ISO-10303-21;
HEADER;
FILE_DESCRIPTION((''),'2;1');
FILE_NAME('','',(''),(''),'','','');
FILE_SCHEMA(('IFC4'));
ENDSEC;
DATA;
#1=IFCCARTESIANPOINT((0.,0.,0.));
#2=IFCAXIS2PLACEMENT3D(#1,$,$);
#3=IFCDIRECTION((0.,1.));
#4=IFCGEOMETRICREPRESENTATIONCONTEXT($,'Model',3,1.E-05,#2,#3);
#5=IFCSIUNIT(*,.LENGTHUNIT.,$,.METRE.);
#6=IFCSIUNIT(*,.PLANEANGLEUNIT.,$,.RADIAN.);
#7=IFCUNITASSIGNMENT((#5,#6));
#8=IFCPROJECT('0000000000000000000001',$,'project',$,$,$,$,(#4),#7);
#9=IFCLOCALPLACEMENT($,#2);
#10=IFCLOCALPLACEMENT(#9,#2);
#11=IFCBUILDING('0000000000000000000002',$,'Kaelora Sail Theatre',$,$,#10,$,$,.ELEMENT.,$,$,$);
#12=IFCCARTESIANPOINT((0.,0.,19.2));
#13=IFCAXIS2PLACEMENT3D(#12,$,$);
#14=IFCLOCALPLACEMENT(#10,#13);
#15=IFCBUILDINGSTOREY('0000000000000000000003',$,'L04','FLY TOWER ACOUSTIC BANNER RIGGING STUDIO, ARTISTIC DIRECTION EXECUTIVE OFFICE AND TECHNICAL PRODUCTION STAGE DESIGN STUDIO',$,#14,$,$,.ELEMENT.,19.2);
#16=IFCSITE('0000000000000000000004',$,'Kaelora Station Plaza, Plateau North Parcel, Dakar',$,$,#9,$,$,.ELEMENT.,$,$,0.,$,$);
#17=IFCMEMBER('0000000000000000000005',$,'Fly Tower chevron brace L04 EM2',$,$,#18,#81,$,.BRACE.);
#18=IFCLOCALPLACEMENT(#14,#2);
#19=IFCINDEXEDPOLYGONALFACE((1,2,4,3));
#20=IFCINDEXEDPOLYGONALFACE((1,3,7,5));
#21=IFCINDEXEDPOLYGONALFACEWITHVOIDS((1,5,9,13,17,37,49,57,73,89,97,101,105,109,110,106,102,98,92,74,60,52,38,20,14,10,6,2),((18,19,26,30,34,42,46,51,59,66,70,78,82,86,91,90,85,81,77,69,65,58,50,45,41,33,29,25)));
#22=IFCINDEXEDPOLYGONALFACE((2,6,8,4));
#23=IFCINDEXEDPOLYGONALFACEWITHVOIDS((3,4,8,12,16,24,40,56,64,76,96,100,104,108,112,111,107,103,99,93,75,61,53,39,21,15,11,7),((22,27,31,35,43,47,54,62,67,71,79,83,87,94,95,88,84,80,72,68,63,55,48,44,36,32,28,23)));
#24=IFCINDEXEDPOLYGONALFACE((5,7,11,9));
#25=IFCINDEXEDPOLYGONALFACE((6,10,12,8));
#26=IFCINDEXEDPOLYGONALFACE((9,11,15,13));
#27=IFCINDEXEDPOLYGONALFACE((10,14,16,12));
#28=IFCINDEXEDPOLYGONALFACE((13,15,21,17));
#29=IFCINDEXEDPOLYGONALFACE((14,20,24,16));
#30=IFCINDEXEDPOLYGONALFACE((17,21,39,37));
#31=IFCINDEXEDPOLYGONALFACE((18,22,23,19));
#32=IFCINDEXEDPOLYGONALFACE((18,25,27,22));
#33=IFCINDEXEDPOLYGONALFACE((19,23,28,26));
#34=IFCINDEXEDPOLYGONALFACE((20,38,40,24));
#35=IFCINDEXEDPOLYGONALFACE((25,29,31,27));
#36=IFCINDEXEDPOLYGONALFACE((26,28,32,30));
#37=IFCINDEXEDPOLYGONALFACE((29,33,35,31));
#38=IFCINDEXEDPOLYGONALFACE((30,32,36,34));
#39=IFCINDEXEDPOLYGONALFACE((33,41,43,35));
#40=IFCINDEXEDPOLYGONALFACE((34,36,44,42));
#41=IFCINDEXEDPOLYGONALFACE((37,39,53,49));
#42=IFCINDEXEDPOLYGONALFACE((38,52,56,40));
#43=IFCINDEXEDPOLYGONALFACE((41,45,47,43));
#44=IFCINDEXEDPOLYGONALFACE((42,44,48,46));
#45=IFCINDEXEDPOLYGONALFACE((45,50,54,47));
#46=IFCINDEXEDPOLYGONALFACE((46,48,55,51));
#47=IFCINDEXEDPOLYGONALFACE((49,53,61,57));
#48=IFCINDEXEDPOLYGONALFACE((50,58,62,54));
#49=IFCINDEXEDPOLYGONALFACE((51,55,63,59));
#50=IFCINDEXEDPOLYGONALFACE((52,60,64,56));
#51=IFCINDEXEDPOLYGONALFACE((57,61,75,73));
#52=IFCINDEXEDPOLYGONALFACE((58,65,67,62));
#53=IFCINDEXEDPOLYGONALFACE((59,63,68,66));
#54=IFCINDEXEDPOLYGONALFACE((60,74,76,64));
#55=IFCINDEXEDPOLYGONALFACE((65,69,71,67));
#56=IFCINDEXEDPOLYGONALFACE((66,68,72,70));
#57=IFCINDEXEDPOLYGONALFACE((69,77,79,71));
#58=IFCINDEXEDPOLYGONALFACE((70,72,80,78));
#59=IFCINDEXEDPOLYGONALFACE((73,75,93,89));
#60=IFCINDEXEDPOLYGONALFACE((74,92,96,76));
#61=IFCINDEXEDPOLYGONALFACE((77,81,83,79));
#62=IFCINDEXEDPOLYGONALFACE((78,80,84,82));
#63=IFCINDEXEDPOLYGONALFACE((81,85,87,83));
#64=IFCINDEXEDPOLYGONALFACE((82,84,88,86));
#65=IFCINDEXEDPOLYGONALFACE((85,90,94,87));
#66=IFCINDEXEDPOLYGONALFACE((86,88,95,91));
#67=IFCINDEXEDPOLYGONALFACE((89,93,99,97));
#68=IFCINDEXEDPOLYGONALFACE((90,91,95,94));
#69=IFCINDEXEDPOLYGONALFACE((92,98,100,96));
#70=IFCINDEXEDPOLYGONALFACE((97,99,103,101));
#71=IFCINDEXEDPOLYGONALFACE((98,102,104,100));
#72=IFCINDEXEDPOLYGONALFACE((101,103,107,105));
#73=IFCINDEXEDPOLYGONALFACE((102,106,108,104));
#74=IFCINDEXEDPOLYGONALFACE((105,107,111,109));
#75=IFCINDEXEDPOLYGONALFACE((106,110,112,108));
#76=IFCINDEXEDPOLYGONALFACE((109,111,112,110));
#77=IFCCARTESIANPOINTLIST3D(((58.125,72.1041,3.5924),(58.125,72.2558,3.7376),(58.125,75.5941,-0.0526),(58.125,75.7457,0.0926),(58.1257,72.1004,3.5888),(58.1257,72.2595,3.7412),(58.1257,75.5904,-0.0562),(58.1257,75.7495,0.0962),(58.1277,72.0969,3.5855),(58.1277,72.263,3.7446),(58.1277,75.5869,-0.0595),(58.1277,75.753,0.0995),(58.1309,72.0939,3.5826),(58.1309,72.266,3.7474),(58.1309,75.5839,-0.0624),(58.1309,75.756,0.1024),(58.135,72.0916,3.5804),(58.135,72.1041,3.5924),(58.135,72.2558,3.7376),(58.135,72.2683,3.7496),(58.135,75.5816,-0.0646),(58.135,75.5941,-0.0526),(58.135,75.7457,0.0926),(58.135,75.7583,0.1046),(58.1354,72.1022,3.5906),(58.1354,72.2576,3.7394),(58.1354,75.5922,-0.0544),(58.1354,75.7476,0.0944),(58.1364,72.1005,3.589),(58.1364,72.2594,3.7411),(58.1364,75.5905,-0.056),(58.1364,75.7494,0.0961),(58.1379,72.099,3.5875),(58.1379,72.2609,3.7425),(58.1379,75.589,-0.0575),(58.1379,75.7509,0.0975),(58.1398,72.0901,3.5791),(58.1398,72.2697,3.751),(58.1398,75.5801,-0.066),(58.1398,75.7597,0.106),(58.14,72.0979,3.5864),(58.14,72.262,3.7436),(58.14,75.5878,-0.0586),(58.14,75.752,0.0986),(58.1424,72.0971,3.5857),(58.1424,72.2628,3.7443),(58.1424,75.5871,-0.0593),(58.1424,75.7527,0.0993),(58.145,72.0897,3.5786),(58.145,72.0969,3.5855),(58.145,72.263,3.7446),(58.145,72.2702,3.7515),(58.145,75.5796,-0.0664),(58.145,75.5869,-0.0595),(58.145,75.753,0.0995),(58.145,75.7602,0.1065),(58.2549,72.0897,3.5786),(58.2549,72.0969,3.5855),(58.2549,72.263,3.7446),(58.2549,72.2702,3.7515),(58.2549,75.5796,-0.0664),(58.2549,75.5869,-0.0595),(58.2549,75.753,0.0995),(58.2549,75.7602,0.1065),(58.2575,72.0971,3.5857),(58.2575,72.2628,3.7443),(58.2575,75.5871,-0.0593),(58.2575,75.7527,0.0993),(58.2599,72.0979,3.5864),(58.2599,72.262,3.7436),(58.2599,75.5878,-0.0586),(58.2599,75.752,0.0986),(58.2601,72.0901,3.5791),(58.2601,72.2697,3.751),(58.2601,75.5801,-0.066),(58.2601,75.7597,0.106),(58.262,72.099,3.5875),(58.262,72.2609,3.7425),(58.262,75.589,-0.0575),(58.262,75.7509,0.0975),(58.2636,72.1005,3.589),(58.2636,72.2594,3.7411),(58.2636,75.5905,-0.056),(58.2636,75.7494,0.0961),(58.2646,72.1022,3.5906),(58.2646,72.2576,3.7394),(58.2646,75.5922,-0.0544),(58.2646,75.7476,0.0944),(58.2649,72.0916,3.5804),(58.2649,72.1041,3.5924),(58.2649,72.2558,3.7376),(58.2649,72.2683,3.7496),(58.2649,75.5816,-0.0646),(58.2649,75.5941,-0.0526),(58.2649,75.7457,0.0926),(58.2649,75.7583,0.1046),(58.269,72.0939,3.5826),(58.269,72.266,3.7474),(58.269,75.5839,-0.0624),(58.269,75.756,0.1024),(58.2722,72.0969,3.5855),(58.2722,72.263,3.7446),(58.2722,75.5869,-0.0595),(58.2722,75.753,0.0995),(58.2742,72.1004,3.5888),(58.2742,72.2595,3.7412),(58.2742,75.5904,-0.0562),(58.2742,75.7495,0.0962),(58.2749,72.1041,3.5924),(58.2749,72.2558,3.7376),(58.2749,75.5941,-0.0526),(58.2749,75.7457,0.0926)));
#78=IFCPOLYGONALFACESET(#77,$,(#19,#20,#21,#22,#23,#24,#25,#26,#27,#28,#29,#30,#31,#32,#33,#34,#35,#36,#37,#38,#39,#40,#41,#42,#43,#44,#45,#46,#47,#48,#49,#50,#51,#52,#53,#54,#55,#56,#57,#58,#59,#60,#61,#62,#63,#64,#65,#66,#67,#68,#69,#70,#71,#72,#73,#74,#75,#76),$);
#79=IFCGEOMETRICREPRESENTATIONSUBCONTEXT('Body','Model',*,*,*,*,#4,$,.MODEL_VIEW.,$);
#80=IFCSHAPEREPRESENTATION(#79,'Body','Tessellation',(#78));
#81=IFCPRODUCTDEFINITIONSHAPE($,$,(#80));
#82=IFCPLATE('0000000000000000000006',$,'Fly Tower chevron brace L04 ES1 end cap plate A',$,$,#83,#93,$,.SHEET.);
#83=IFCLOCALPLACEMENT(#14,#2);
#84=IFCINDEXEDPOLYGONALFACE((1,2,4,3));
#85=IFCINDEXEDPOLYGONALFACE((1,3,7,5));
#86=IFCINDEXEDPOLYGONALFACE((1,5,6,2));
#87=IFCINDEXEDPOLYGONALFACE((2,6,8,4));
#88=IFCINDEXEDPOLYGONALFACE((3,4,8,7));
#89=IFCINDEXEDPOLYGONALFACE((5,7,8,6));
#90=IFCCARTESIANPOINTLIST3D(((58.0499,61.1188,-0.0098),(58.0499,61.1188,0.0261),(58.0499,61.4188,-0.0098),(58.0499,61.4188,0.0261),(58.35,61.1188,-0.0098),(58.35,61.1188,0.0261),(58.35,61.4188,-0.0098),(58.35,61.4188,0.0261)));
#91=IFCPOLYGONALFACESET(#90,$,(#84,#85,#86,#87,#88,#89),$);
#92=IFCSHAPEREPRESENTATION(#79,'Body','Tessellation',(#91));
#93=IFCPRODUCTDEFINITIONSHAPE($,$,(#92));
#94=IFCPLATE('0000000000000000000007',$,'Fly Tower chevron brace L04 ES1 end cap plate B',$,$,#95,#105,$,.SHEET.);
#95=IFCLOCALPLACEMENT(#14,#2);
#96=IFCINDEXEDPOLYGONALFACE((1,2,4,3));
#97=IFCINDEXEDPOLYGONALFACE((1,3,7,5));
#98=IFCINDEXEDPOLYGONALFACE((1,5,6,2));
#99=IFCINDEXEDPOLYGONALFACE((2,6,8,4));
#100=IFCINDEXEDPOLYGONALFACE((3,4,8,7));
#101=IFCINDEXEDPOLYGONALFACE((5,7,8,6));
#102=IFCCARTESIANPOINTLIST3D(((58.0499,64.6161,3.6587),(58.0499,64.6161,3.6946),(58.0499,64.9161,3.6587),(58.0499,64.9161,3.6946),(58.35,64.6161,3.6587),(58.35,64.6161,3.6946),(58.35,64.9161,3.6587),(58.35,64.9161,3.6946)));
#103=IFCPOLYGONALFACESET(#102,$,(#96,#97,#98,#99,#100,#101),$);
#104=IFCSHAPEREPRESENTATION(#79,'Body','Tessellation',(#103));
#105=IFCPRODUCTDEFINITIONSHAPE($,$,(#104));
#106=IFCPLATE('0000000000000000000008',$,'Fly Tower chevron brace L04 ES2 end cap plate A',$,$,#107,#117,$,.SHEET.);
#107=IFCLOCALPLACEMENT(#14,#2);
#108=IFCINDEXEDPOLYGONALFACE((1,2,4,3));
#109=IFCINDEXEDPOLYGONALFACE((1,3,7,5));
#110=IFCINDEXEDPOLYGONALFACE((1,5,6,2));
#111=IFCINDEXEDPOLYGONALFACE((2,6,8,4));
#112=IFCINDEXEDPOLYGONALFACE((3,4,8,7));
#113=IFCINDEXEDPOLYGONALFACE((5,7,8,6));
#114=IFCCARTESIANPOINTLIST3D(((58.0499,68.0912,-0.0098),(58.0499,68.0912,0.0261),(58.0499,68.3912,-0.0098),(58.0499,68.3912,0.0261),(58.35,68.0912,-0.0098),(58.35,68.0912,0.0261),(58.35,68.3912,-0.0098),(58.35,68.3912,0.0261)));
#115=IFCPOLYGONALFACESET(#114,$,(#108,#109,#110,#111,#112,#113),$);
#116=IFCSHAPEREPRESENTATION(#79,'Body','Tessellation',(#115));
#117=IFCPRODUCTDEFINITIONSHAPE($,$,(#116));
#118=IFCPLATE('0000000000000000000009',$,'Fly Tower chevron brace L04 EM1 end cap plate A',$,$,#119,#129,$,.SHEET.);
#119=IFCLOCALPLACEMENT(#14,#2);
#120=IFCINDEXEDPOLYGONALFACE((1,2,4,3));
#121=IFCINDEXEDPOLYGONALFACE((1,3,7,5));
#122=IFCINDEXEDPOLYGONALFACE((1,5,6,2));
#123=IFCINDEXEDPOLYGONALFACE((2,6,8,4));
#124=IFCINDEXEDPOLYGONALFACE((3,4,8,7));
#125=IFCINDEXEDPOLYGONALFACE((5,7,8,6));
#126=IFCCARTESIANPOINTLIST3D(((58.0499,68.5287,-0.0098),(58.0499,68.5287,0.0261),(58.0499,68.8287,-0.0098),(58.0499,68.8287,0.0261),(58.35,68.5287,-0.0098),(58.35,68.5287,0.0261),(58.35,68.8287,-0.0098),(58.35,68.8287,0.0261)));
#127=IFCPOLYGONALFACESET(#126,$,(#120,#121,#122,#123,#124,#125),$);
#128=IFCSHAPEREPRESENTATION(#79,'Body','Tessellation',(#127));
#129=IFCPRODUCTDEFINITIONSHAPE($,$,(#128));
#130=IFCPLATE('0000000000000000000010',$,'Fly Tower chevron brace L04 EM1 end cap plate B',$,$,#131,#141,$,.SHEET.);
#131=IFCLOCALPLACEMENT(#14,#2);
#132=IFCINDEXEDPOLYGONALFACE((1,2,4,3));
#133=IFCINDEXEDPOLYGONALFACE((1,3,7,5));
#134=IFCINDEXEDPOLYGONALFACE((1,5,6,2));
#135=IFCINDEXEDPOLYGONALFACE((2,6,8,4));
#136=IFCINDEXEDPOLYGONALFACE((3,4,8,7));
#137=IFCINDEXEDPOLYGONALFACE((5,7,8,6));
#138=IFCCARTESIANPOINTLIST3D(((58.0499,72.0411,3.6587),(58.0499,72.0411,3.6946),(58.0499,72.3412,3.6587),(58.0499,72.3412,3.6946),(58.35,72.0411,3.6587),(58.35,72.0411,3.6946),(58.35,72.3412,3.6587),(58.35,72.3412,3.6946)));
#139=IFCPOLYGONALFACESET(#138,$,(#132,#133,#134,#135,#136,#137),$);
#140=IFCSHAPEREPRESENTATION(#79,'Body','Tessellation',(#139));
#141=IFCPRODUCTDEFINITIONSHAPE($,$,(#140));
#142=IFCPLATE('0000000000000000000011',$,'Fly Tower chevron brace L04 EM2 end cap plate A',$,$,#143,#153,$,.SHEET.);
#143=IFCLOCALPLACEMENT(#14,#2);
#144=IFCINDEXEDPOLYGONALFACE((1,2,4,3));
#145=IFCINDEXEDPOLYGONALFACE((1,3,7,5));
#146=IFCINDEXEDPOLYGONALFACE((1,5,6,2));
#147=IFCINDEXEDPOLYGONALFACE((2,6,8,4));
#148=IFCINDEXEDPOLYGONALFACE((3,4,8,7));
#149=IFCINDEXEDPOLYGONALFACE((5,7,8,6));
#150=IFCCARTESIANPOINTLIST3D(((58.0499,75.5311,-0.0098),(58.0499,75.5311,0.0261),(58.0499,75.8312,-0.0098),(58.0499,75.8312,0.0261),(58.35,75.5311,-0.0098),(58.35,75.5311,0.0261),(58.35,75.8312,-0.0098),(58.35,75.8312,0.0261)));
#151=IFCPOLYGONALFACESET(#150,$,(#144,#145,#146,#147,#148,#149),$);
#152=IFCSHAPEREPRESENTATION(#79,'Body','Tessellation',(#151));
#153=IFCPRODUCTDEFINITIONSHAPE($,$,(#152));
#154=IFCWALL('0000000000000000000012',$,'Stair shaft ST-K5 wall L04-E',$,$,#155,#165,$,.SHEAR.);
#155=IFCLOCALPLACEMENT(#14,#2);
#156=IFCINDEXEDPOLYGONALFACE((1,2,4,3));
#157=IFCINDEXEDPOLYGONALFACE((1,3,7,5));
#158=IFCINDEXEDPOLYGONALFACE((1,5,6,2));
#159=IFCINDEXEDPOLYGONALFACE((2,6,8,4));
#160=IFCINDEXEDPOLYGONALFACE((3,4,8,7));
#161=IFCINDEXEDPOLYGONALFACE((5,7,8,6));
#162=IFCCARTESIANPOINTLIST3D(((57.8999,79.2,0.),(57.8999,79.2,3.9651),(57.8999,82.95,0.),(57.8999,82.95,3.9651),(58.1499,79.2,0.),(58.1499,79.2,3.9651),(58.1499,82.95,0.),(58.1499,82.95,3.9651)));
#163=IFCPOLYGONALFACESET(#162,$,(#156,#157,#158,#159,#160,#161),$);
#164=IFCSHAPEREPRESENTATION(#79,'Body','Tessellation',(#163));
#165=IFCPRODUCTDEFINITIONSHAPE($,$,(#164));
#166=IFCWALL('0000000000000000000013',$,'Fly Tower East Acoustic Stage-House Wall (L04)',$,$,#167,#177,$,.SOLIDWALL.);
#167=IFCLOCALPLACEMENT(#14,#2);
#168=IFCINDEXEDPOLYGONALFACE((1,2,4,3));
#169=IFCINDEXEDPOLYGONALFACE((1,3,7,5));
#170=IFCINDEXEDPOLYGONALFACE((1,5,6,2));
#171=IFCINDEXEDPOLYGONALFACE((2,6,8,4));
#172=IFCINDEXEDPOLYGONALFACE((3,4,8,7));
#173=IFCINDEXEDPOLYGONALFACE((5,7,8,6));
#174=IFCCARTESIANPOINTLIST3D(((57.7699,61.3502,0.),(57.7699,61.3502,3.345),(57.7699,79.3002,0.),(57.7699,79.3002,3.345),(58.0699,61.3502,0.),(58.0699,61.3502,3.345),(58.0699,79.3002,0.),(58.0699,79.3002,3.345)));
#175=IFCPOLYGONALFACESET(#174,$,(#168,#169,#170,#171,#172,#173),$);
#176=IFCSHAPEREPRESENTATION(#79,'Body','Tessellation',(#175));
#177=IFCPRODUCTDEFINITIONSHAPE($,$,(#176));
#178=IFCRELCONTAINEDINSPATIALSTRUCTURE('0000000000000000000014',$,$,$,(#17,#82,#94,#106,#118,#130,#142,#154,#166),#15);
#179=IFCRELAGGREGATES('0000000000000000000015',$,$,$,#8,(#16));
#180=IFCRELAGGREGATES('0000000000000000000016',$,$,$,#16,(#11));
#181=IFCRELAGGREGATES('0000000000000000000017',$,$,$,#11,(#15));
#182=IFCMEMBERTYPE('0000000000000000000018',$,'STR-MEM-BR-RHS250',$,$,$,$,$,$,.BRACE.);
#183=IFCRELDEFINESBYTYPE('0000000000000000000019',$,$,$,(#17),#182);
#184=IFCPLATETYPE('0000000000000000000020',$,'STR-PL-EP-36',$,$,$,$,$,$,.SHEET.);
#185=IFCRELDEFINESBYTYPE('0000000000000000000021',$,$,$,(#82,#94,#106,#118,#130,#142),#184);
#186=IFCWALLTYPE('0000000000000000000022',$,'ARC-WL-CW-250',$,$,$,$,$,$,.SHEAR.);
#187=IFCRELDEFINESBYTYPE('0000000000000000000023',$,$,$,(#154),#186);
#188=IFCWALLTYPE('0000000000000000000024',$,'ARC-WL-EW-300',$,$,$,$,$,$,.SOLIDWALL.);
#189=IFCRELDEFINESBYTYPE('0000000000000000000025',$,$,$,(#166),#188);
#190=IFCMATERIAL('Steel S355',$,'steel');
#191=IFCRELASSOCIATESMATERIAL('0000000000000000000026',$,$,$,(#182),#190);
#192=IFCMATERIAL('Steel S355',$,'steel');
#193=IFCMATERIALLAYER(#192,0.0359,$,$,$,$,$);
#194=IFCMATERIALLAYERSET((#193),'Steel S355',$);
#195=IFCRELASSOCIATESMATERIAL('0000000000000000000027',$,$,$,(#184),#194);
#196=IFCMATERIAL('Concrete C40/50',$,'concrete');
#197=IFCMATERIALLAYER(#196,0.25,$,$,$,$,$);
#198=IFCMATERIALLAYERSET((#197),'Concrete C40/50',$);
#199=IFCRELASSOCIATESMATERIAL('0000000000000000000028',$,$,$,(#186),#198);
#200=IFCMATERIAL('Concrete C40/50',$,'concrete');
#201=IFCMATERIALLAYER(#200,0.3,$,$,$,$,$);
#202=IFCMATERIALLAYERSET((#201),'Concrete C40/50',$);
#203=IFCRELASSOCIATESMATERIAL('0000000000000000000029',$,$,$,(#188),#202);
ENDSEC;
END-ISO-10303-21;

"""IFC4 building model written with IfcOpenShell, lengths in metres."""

from ifc_helpers import new_model, si_unit, direction, frame, frame_2d, origin, origin_2d, place, context, subcontext, project, spatial, rectangle, hollow_rectangle, extrude, material, layer, layer_set, material_profile, profile_set, type_object, element, save


model = new_model("IFC4")

# Units and contexts
model_context = context("Model", 3, precision=1e-05, world=origin(), true_north=direction((0.0, 1.0)))
body_context = subcontext(model_context, "Body", "Model", "MODEL_VIEW")
ifc_project = project(units=[si_unit("LENGTHUNIT", "METRE"), si_unit("PLANEANGLEUNIT", "RADIAN")], contexts=[model_context])

# Site, building, storey
site_placement = place(None, origin())
site = spatial("IfcSite", under=ifc_project, at=site_placement, Name="Kaelora Station Plaza, Plateau North Parcel, Dakar", CompositionType="ELEMENT", RefElevation=0.0)
building_placement = place(site_placement, origin())
building = spatial("IfcBuilding", under=site, at=building_placement, Name="Kaelora Sail Theatre", CompositionType="ELEMENT")
storey_placement = place(building_placement, frame((0.0, 0.0, 19.2)))
storey = spatial("IfcBuildingStorey", under=building, at=storey_placement, Name="L04", Description="FLY TOWER ACOUSTIC BANNER RIGGING STUDIO, ARTISTIC DIRECTION EXECUTIVE OFFICE AND TECHNICAL PRODUCTION STAGE DESIGN STUDIO", CompositionType="ELEMENT", Elevation=19.2)

# Member
ifc_material_1 = material(Name="Steel S355", Category="steel")
ifc_material_profile_1 = material_profile(ifc_material_1, hollow_rectangle(XDim=0.1499, YDim=0.25, WallThickness=0.01, InnerFilletRadius=0.01, OuterFilletRadius=0.02, at=origin_2d()), Name="RHS 250x150x10.0")
ifc_profile_set_1 = profile_set([ifc_material_profile_1], Name="Steel S355")
member_type = type_object("IfcMemberType", Name="STR-MEM-BR-RHS250", PredefinedType="BRACE", material=ifc_profile_set_1)
for number, where, z_axis, x_axis, name in (
    (1, (58.2, 75.6699, 0.02), (0.0, -0.69158, 0.7223), (1.0, 0.0, 0.0), "Fly Tower chevron brace L04 EM2"),
):
    element("IfcMember", number, at=place(storey_placement, frame(where, z_axis=z_axis, x_axis=x_axis)), inside=storey, type_object=member_type, Name=name, PredefinedType="BRACE", context=body_context, shape_type="SweptSolid", body=[
        extrude(hollow_rectangle(XDim=0.1499, YDim=0.25, WallThickness=0.01, InnerFilletRadius=0.01, OuterFilletRadius=0.02, at=origin_2d()), origin(), (0.0, 0.0, 1.0), 5.0464),
    ])

# Plates
ifc_material_2 = material(Name="Steel S355", Category="steel")
ifc_layer_1 = layer(ifc_material_2, 0.0359)
ifc_layer_set_1 = layer_set([ifc_layer_1], Name="Steel S355")
plate_type = type_object("IfcPlateType", Name="STR-PL-EP-36", PredefinedType="SHEET", material=ifc_layer_set_1)
for number, where, z_axis, x_axis, name in (
    (2, (58.2, 61.2688, -0.0098), (0.0, 0.0, 1.0), (1.0, 0.0, 0.0), "Fly Tower chevron brace L04 ES1 end cap plate A"),
    (3, (58.2, 64.7661, 3.6587), (0.0, 0.0, 1.0), (1.0, 0.0, 0.0), "Fly Tower chevron brace L04 ES1 end cap plate B"),
    (4, (58.2, 68.2412, -0.0098), (0.0, 0.0, 1.0), (1.0, 0.0, 0.0), "Fly Tower chevron brace L04 ES2 end cap plate A"),
    (5, (58.2, 68.6787, -0.0098), (0.0, 0.0, 1.0), (1.0, 0.0, 0.0), "Fly Tower chevron brace L04 EM1 end cap plate A"),
    (6, (58.2, 72.1912, 3.6587), (0.0, 0.0, 1.0), (1.0, 0.0, 0.0), "Fly Tower chevron brace L04 EM1 end cap plate B"),
    (7, (58.2, 75.6812, -0.0098), (0.0, 0.0, 1.0), (1.0, 0.0, 0.0), "Fly Tower chevron brace L04 EM2 end cap plate A"),
):
    element("IfcPlate", number, at=place(storey_placement, frame(where, z_axis=z_axis, x_axis=x_axis)), inside=storey, type_object=plate_type, Name=name, PredefinedType="SHEET", context=body_context, shape_type="SweptSolid", body=[
        extrude(rectangle(XDim=0.3, YDim=0.3, at=origin_2d()), origin(), (0.0, 0.0, 1.0), 0.0359),
    ])

# Walls
ifc_material_3 = material(Name="Concrete C40/50", Category="concrete")
ifc_layer_2 = layer(ifc_material_3, 0.25)
ifc_layer_set_2 = layer_set([ifc_layer_2], Name="Concrete C40/50")
wall_type_1 = type_object("IfcWallType", Name="ARC-WL-CW-250", PredefinedType="SHEAR", material=ifc_layer_set_2)
wall_1_placement = place(storey_placement, frame((58.0249, 79.2, 0.0), z_axis=(0.0, 0.0, 1.0), x_axis=(0.0, 1.0, 0.0)))
element("IfcWall", 8, at=wall_1_placement, inside=storey, type_object=wall_type_1, Name="Stair shaft ST-K5 wall L04-E", PredefinedType="SHEAR", context=body_context, shape_type="SweptSolid", body=[
    extrude(rectangle(XDim=3.75, YDim=0.25, at=frame_2d((1.875, 0.0))), origin(), (0.0, 0.0, 1.0), 3.9651),
])
ifc_material_4 = material(Name="Concrete C40/50", Category="concrete")
ifc_layer_3 = layer(ifc_material_4, 0.3)
ifc_layer_set_3 = layer_set([ifc_layer_3], Name="Concrete C40/50")
wall_type_2 = type_object("IfcWallType", Name="ARC-WL-EW-300", PredefinedType="SOLIDWALL", material=ifc_layer_set_3)
wall_2_placement = place(storey_placement, frame((57.9199, 61.3501, 0.0), z_axis=(0.0, 0.0, 1.0), x_axis=(0.0, 1.0, 0.0)))
element("IfcWall", 9, at=wall_2_placement, inside=storey, type_object=wall_type_2, Name="Fly Tower East Acoustic Stage-House Wall (L04)", PredefinedType="SOLIDWALL", context=body_context, shape_type="SweptSolid", body=[
    extrude(rectangle(XDim=17.95, YDim=0.3, at=frame_2d((8.9751, 0.0))), origin(), (0.0, 0.0, 1.0), 3.345),
])

save(model, "model.ifc")
